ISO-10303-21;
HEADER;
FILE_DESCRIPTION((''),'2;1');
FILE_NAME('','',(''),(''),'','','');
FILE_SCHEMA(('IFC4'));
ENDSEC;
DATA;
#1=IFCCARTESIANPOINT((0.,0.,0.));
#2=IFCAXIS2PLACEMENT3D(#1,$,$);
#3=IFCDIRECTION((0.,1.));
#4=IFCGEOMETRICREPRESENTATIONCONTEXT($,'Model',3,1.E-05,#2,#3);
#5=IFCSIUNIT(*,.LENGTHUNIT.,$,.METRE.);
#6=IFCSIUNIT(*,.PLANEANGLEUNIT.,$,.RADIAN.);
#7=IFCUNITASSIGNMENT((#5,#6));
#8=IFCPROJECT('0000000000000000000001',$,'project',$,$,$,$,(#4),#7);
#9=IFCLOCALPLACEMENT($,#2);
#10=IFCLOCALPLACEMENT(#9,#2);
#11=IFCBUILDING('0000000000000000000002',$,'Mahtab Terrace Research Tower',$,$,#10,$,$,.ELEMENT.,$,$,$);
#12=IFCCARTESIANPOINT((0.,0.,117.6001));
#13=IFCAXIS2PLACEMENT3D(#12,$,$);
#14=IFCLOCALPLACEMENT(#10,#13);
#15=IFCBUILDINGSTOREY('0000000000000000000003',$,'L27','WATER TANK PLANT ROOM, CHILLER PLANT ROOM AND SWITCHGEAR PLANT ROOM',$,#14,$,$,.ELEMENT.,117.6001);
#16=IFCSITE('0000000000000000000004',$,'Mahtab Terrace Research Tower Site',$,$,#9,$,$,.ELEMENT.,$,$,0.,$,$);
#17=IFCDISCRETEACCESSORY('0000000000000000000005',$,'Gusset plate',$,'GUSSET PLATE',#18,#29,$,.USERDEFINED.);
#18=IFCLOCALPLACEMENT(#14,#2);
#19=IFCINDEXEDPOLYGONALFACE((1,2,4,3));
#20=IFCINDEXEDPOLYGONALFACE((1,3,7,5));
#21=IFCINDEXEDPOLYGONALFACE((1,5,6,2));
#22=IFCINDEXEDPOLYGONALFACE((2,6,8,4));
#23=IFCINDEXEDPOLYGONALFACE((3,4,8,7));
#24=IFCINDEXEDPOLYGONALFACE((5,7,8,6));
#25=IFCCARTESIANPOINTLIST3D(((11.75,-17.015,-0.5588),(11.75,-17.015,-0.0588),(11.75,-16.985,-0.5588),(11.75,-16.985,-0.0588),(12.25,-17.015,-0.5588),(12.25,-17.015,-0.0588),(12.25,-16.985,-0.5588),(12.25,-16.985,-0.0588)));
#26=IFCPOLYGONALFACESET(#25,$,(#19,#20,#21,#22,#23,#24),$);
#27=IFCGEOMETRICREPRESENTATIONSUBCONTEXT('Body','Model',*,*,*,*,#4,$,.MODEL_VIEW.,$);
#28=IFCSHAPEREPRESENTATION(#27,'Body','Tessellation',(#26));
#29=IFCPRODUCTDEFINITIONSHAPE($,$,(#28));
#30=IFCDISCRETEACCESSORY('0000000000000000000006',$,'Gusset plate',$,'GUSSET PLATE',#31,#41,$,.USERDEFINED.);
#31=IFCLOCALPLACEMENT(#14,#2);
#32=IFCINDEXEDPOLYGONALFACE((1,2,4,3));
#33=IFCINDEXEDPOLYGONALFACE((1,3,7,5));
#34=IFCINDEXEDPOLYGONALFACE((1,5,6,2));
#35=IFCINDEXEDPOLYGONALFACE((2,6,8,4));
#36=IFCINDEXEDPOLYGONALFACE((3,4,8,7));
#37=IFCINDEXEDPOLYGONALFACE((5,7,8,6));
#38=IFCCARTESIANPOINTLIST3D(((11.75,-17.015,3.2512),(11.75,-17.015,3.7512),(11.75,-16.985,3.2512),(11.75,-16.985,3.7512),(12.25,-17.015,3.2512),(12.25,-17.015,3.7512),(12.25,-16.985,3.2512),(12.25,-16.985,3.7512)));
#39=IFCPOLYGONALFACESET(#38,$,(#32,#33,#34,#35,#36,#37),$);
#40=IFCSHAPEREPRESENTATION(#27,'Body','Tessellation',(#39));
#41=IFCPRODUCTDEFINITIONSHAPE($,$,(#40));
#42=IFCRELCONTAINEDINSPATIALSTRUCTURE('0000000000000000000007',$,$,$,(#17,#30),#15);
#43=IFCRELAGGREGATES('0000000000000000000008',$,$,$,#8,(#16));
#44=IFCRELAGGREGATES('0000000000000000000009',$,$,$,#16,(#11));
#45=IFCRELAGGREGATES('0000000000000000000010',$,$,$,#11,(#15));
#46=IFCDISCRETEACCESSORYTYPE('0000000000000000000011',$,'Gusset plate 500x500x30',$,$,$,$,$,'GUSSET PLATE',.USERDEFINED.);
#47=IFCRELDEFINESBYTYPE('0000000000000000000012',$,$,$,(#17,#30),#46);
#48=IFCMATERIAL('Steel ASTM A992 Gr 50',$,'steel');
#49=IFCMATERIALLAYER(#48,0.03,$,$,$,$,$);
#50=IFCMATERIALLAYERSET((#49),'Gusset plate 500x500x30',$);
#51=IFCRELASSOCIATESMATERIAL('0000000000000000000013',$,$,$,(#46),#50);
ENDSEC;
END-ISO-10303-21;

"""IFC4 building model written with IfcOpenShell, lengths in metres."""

from ifc_helpers import new_model, si_unit, direction, frame, origin, origin_2d, place, context, subcontext, project, spatial, rectangle, extrude, material, layer, layer_set, type_object, element, save


model = new_model("IFC4")

# Units and contexts
model_context = context("Model", 3, precision=1e-05, world=origin(), true_north=direction((0.0, 1.0)))
body_context = subcontext(model_context, "Body", "Model", "MODEL_VIEW")
ifc_project = project(units=[si_unit("LENGTHUNIT", "METRE"), si_unit("PLANEANGLEUNIT", "RADIAN")], contexts=[model_context])

# Site, building, storey
site_placement = place(None, origin())
site = spatial("IfcSite", under=ifc_project, at=site_placement, Name="Mahtab Terrace Research Tower Site", CompositionType="ELEMENT", RefElevation=0.0)
building_placement = place(site_placement, origin())
building = spatial("IfcBuilding", under=site, at=building_placement, Name="Mahtab Terrace Research Tower", CompositionType="ELEMENT")
storey_placement = place(building_placement, frame((0.0, 0.0, 117.6001)))
storey = spatial("IfcBuildingStorey", under=building, at=storey_placement, Name="L27", Description="WATER TANK PLANT ROOM, CHILLER PLANT ROOM AND SWITCHGEAR PLANT ROOM", CompositionType="ELEMENT", Elevation=117.6001)

# Shared definitions
ifc_material_1 = material(Name="Steel ASTM A992 Gr 50", Category="steel")

# Discrete accessories
ifc_layer_1 = layer(ifc_material_1, 0.03)
ifc_layer_set_1 = layer_set([ifc_layer_1], Name="Gusset plate 500x500x30")
discrete_accessory_type_1 = type_object("IfcDiscreteAccessoryType", Name="Gusset plate 500x500x30", ElementType="GUSSET PLATE", PredefinedType="USERDEFINED", material=ifc_layer_set_1)
for number, where, z_axis, x_axis, name in (
    (1, (12.0, -17.0, -0.5588), (0.0, 0.0, 1.0), (1.0, 0.0, 0.0), "Gusset plate"),
    (2, (12.0, -17.0, 3.2512), (0.0, 0.0, 1.0), (1.0, 0.0, 0.0), "Gusset plate"),
):
    element("IfcDiscreteAccessory", number, at=place(storey_placement, frame(where, z_axis=z_axis, x_axis=x_axis)), inside=storey, type_object=discrete_accessory_type_1, Name=name, ObjectType="GUSSET PLATE", PredefinedType="USERDEFINED", context=body_context, shape_type="SweptSolid", body=[
        extrude(rectangle(XDim=0.5, YDim=0.03, at=origin_2d()), origin(), (0.0, 0.0, 1.0), 0.5),
    ])

save(model, "model.ifc")
